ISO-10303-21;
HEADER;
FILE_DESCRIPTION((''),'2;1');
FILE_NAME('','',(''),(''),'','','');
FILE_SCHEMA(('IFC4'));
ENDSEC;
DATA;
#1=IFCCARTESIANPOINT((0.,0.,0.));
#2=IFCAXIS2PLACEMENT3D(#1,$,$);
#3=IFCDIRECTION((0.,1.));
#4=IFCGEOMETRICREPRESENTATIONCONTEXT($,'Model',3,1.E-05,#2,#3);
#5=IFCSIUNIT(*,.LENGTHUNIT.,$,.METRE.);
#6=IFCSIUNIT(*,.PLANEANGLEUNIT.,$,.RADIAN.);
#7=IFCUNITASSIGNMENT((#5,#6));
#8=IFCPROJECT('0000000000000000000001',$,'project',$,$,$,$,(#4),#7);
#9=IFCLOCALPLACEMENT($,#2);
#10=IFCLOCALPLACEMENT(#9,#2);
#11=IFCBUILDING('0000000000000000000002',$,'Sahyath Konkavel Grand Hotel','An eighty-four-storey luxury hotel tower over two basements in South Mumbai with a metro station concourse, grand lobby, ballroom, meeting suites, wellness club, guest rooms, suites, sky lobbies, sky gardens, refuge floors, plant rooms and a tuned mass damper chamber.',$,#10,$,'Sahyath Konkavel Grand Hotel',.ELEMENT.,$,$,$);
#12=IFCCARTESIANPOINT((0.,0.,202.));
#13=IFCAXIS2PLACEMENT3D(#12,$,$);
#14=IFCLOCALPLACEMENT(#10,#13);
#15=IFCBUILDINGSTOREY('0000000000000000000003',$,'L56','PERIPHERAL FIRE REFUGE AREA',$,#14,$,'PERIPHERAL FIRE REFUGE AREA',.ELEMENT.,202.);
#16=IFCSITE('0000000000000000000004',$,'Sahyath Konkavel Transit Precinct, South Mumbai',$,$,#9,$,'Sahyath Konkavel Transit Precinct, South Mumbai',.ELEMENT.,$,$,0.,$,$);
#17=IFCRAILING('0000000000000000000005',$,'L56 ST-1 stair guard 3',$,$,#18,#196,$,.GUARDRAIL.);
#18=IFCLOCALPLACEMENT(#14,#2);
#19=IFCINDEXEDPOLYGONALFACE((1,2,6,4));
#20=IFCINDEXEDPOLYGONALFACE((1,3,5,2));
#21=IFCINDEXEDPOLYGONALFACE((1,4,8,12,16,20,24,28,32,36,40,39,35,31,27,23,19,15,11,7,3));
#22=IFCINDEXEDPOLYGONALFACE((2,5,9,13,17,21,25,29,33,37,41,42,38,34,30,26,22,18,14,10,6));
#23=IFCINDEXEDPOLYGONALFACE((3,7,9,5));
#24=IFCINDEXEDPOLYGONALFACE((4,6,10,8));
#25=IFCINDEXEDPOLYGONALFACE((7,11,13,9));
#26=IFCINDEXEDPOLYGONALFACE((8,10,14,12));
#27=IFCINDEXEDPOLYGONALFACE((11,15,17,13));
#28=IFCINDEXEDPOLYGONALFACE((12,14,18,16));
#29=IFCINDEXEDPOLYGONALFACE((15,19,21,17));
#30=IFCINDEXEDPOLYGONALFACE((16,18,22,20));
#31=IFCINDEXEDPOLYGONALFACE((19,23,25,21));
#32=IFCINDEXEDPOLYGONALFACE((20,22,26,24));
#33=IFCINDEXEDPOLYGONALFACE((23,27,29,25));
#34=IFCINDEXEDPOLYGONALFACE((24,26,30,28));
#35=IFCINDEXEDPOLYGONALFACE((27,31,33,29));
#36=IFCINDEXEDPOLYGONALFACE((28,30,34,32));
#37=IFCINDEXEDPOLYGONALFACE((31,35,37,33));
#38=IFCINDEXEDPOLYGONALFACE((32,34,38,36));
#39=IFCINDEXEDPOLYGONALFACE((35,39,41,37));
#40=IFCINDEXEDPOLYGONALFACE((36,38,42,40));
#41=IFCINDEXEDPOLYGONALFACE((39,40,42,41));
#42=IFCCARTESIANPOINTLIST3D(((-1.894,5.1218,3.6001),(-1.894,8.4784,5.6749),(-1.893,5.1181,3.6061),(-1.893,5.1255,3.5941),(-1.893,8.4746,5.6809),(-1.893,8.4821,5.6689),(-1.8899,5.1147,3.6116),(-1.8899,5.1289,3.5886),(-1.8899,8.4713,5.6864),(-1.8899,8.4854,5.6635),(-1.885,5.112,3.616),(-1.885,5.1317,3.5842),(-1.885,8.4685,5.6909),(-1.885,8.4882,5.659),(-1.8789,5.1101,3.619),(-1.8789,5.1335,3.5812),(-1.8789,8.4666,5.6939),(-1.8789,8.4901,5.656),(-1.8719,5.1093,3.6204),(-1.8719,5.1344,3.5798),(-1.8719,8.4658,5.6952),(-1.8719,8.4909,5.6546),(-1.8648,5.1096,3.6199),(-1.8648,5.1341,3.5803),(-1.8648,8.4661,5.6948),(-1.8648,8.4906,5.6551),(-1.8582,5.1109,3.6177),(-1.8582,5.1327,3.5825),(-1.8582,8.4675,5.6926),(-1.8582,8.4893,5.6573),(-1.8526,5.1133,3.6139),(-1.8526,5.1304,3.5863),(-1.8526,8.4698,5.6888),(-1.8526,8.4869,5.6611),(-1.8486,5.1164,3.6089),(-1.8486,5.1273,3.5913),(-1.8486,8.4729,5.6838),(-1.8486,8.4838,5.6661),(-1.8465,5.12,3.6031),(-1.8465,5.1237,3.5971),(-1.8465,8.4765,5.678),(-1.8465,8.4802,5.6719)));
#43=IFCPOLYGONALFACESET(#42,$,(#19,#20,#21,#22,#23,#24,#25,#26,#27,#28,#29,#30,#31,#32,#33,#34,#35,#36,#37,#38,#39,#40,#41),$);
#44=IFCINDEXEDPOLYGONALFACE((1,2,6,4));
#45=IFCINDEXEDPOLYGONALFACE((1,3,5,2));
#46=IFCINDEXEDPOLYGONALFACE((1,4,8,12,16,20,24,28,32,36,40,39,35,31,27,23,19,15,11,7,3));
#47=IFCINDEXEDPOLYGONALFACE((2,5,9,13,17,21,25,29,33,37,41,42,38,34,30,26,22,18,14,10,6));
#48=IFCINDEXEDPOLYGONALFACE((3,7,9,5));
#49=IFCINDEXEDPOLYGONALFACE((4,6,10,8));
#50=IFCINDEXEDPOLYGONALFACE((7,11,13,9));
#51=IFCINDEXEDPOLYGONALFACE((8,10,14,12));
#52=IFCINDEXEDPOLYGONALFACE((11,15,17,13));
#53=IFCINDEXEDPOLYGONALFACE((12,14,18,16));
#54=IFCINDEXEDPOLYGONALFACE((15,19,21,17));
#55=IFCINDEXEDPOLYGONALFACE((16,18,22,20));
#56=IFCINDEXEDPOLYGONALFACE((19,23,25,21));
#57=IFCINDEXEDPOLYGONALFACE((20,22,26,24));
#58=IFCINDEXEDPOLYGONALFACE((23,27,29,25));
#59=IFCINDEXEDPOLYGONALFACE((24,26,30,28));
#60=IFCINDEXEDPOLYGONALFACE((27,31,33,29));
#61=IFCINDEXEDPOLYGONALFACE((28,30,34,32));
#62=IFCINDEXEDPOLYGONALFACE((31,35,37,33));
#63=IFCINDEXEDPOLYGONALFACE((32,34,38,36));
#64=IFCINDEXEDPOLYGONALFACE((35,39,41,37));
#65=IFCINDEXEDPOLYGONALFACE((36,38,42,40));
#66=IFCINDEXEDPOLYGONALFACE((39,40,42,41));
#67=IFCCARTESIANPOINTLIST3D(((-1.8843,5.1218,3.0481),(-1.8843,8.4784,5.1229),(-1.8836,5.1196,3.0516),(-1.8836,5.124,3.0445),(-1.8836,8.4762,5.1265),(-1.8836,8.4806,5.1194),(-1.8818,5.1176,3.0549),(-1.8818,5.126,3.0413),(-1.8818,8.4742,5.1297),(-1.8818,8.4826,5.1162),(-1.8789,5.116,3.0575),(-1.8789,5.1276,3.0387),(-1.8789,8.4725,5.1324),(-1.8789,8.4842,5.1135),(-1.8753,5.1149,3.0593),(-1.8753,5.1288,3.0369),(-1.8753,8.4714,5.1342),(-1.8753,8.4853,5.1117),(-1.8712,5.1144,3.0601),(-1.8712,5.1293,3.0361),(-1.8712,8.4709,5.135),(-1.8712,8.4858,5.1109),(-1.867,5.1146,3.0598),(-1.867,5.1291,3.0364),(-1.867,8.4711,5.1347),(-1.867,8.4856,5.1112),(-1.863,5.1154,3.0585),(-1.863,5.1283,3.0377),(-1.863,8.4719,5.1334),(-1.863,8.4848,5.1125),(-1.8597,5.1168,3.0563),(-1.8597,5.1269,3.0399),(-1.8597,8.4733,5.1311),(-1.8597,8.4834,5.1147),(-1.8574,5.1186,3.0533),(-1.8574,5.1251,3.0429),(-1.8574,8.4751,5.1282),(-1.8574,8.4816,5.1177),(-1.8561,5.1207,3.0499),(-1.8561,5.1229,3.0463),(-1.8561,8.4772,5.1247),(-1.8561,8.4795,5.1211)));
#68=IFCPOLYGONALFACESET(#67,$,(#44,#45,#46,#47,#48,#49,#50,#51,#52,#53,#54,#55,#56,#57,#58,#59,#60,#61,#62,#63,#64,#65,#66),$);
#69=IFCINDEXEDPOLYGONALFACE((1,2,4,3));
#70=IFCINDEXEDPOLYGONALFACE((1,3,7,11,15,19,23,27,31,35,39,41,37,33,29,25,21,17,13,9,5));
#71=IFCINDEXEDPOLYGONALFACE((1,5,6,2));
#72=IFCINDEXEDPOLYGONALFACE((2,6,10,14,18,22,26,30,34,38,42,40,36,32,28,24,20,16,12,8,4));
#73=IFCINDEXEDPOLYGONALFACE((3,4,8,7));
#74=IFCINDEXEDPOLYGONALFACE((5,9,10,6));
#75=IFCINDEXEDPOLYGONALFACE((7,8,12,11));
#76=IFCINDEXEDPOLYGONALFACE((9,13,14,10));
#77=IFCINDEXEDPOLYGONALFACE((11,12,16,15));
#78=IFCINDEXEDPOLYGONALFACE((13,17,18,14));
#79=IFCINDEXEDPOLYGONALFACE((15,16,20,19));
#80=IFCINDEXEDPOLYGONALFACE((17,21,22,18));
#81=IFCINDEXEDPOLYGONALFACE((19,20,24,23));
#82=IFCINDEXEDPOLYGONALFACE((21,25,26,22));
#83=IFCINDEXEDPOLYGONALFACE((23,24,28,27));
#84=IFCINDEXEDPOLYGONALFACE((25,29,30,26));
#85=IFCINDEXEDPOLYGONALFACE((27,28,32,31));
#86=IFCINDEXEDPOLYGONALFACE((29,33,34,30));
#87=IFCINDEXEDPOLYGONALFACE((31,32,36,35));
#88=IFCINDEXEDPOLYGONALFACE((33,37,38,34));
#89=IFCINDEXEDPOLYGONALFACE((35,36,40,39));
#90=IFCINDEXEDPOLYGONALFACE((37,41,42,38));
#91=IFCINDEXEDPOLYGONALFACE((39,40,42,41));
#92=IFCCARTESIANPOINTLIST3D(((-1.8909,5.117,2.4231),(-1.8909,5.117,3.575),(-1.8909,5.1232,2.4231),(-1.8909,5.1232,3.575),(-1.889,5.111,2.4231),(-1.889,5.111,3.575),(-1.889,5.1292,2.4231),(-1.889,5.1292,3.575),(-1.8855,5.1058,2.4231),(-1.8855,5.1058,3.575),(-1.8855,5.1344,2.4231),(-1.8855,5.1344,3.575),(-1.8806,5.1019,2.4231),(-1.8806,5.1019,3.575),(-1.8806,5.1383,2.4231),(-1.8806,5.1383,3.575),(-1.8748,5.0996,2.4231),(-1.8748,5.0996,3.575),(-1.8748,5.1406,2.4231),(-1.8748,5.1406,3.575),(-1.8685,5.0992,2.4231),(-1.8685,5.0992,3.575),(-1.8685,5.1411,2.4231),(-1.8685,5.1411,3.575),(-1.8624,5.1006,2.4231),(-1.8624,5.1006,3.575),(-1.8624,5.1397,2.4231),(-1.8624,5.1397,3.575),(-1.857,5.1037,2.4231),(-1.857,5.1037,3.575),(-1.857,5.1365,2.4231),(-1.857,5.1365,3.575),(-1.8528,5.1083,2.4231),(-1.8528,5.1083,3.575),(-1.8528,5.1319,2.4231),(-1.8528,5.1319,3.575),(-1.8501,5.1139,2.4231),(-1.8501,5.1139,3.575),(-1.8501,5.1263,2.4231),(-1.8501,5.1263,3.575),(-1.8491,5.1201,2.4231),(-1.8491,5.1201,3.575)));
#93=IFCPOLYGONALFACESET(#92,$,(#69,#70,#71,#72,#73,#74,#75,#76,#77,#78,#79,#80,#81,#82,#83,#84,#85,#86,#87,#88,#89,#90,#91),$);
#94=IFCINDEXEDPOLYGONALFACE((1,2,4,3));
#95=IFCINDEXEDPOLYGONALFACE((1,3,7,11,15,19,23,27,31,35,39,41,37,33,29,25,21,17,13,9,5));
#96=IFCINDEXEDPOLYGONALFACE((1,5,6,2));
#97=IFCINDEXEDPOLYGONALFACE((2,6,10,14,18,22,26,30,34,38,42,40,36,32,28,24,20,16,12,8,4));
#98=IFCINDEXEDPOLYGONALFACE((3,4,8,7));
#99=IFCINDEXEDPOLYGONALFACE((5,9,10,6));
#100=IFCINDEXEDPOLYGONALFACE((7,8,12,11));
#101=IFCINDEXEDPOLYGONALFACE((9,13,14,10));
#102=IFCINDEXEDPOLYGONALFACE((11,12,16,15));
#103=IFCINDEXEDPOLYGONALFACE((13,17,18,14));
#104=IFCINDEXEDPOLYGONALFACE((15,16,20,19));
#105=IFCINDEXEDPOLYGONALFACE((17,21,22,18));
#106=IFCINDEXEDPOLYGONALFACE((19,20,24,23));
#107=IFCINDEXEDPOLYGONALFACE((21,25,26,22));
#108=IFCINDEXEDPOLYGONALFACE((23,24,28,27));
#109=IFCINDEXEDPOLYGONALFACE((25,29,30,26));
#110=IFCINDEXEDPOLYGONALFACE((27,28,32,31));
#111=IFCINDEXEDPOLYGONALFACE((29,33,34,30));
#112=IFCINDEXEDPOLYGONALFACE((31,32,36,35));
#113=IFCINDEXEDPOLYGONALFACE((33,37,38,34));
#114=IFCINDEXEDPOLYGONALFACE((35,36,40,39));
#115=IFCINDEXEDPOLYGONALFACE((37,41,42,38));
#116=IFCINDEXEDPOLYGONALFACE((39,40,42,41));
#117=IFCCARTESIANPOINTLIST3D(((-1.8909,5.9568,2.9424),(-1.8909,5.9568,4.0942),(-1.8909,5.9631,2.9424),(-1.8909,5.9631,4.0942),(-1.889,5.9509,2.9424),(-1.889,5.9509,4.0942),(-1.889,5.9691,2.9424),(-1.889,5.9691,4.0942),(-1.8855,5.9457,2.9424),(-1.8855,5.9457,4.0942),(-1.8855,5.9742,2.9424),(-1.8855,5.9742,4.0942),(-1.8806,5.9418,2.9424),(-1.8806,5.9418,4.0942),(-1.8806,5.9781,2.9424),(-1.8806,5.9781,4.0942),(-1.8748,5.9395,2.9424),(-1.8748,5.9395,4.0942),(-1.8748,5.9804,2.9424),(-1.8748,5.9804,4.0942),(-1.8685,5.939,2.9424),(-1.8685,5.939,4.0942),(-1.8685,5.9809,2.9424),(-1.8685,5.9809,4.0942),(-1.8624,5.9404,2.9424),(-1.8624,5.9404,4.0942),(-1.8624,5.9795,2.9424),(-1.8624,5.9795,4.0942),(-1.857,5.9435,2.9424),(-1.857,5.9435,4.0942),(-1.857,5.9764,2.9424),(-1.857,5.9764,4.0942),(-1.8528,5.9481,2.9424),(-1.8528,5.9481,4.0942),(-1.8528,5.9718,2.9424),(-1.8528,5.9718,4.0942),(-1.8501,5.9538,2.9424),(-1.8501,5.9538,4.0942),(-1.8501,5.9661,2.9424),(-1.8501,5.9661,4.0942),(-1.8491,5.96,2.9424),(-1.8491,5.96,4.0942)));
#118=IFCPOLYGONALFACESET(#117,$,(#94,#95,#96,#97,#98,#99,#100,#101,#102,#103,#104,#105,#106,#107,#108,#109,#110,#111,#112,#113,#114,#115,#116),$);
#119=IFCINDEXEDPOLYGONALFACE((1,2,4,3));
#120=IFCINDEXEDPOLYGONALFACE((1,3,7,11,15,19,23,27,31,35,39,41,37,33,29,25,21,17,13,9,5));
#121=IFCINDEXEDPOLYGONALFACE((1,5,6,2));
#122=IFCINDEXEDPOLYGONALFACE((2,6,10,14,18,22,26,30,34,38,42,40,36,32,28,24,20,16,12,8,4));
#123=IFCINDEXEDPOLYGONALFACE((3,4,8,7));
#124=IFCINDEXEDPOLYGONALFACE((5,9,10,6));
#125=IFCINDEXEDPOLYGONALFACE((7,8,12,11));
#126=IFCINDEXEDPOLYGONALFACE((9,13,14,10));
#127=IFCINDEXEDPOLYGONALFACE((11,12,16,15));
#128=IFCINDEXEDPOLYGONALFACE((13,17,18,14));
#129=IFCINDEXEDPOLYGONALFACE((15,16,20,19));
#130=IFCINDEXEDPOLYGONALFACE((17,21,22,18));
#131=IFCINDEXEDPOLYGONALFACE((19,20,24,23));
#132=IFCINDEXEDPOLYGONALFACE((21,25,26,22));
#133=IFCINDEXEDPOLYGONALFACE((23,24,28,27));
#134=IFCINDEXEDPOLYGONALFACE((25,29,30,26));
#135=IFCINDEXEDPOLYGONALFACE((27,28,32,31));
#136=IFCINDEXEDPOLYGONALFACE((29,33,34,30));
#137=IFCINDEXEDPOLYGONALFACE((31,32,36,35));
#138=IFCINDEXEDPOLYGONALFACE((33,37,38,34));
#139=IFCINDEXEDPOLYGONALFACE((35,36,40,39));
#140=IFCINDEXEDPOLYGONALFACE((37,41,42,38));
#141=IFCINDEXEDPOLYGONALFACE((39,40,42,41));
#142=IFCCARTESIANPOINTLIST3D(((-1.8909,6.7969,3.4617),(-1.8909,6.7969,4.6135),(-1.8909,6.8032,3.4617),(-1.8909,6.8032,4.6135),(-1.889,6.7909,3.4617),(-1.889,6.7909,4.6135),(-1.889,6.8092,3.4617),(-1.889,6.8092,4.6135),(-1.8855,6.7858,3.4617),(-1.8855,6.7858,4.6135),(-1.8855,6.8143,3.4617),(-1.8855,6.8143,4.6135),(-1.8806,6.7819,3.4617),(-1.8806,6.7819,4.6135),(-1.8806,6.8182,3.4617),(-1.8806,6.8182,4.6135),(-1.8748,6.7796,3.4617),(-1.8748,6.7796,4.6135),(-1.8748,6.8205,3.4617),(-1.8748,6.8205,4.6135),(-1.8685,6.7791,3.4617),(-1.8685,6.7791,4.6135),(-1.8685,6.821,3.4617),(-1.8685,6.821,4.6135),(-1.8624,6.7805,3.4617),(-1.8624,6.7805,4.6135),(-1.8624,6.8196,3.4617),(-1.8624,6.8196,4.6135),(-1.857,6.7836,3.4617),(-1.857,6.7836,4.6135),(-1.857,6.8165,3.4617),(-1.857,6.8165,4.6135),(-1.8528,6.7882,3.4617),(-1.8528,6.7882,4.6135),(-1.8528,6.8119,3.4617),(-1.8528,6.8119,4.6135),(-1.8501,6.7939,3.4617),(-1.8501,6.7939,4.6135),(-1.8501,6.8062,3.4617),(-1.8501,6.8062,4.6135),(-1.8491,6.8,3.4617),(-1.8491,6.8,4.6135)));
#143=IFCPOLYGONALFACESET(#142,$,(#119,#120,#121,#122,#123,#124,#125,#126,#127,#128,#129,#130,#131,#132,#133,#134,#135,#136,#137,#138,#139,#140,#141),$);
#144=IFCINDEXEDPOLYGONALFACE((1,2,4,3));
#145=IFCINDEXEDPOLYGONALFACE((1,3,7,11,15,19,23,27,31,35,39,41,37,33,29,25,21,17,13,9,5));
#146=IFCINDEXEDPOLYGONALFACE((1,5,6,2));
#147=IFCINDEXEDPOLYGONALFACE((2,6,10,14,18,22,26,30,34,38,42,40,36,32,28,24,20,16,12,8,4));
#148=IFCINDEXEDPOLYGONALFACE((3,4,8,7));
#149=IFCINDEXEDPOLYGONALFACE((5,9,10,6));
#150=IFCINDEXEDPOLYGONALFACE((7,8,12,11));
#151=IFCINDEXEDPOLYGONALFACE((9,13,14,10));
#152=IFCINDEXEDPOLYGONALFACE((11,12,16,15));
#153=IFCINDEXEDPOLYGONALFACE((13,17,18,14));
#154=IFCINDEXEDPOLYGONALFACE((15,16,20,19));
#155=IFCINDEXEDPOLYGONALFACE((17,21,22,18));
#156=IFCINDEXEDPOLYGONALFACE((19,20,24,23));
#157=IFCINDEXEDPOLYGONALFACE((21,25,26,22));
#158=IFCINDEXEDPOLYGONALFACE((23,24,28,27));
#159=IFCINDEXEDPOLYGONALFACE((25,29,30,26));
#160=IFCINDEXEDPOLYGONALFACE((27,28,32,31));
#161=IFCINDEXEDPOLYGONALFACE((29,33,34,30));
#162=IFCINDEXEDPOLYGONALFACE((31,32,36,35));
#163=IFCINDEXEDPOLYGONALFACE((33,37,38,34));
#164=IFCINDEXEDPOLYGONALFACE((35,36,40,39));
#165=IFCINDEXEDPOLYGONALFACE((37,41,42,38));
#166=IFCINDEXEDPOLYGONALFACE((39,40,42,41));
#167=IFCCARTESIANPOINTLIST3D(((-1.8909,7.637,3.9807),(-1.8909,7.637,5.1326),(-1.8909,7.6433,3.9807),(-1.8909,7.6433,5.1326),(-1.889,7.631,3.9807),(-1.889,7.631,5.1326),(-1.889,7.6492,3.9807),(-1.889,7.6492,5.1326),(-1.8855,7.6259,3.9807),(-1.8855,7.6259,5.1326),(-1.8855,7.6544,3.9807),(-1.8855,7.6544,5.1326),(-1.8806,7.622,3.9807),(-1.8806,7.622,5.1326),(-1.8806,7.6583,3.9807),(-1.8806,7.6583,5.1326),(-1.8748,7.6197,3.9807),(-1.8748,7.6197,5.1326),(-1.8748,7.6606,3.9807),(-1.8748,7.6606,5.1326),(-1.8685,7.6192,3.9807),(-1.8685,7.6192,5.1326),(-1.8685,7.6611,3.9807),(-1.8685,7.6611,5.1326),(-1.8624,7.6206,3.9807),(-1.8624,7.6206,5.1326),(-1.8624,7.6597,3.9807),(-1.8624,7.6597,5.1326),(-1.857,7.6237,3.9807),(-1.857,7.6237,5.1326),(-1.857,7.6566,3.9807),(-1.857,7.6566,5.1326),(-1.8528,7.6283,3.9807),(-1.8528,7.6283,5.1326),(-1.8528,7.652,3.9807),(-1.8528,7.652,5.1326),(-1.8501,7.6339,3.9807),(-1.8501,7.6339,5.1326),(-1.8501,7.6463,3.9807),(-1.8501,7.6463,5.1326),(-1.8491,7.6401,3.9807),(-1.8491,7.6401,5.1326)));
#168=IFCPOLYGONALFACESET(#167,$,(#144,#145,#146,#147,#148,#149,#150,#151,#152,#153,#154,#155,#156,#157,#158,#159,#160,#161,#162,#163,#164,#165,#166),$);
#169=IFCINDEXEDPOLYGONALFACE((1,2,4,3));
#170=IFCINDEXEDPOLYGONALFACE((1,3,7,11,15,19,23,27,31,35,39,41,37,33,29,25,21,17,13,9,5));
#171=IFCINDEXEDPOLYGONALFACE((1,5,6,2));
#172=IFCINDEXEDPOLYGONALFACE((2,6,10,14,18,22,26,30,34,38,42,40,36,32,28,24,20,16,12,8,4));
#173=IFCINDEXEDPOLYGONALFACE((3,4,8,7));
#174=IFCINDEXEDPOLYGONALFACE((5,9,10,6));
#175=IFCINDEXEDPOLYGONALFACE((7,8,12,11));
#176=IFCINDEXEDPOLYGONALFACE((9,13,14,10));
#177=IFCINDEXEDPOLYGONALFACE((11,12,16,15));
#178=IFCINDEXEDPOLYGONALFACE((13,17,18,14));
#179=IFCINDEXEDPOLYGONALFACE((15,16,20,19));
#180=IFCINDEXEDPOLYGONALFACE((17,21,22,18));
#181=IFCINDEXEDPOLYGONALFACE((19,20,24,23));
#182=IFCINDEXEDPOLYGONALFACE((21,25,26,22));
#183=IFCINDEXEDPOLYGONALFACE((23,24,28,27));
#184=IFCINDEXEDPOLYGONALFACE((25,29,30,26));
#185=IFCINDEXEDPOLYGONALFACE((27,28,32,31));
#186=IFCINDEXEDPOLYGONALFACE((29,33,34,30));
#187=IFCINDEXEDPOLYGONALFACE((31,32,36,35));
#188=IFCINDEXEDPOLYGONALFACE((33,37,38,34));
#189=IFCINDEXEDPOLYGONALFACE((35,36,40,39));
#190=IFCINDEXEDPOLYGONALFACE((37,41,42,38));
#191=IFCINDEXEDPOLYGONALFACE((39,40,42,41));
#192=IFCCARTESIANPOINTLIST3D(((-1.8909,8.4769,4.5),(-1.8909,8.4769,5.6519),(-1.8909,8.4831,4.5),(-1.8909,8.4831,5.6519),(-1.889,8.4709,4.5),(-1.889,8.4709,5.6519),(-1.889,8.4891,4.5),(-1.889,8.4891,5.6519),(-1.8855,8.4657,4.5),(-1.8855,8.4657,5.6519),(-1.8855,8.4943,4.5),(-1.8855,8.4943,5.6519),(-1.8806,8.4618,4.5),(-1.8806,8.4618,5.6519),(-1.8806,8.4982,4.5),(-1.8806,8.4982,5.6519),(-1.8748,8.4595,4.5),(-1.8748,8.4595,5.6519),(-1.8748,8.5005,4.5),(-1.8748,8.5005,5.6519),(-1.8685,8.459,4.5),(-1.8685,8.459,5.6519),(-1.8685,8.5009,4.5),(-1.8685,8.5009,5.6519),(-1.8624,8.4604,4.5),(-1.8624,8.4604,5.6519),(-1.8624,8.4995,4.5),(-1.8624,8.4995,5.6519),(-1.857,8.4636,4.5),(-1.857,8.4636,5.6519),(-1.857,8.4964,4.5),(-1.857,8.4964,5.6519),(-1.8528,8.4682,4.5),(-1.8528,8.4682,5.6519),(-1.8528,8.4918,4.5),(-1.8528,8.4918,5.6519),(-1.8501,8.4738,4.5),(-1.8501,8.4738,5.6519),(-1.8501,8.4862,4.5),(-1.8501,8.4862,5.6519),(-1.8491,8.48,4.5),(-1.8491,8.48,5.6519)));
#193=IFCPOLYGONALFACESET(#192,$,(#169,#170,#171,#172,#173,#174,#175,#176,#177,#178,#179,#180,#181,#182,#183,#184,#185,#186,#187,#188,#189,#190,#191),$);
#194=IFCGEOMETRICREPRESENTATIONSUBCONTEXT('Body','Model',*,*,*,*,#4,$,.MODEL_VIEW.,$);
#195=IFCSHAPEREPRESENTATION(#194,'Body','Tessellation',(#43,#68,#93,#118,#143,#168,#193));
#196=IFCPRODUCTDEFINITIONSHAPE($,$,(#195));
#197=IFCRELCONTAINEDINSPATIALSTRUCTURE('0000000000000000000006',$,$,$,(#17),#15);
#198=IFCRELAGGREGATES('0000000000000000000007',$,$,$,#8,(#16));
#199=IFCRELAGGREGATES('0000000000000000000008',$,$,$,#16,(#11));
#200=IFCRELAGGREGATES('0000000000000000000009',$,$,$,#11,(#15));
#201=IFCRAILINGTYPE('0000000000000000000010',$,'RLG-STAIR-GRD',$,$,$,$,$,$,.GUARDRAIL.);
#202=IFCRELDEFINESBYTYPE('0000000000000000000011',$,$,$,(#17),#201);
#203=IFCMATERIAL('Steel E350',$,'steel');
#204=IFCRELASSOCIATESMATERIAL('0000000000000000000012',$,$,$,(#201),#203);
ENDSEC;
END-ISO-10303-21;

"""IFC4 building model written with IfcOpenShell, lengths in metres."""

from ifc_helpers import new_model, si_unit, direction, frame, origin, origin_2d, place, context, subcontext, project, spatial, circle, extrude, material, type_object, element, save


model = new_model("IFC4")

# Units and contexts
model_context = context("Model", 3, precision=1e-05, world=origin(), true_north=direction((0.0, 1.0)))
body_context = subcontext(model_context, "Body", "Model", "MODEL_VIEW")
ifc_project = project(units=[si_unit("LENGTHUNIT", "METRE"), si_unit("PLANEANGLEUNIT", "RADIAN")], contexts=[model_context])

# Site, building, storey
site_placement = place(None, origin())
site = spatial("IfcSite", under=ifc_project, at=site_placement, Name="Sahyath Konkavel Transit Precinct, South Mumbai", LongName="Sahyath Konkavel Transit Precinct, South Mumbai", CompositionType="ELEMENT", RefElevation=0.0)
building_placement = place(site_placement, origin())
building = spatial("IfcBuilding", under=site, at=building_placement, Name="Sahyath Konkavel Grand Hotel", Description="An eighty-four-storey luxury hotel tower over two basements in South Mumbai with a metro station concourse, grand lobby, ballroom, meeting suites, wellness club, guest rooms, suites, sky lobbies, sky gardens, refuge floors, plant rooms and a tuned mass damper chamber.", LongName="Sahyath Konkavel Grand Hotel", CompositionType="ELEMENT")
storey_placement = place(building_placement, frame((0.0, 0.0, 202.0)))
storey = spatial("IfcBuildingStorey", under=building, at=storey_placement, Name="L56", Description="PERIPHERAL FIRE REFUGE AREA", LongName="PERIPHERAL FIRE REFUGE AREA", CompositionType="ELEMENT", Elevation=202.0)

# Shared definitions
ifc_material_1 = material(Name="Steel E350", Category="steel")

# Railing
railing_type_1 = type_object("IfcRailingType", Name="RLG-STAIR-GRD", PredefinedType="GUARDRAIL", material=ifc_material_1)
railing_1_placement = place(storey_placement, frame((-1.8701, 5.1201, 2.4231)))
element("IfcRailing", 1, at=railing_1_placement, inside=storey, type_object=railing_type_1, Name="L56 ST-1 stair guard 3", PredefinedType="GUARDRAIL", context=body_context, shape_type="SweptSolid", body=[
    extrude(circle(Radius=0.0239, at=origin_2d()), frame((0.0, 0.0017, 1.177), z_axis=(0.0, 0.850606, 0.525803), x_axis=(-1.0, 0.0, 0.0)), (0.0, 0.0, 1.0), 3.946),
    extrude(circle(Radius=0.0142, at=origin_2d()), frame((0.0, 0.0017, 0.625), z_axis=(0.0, 0.850606, 0.525803), x_axis=(-1.0, 0.0, 0.0)), (0.0, 0.0, 1.0), 3.946),
    extrude(circle(Radius=0.021, at=origin_2d()), origin(), (0.0, 0.0, 1.0), 1.1519),
    extrude(circle(Radius=0.021, at=origin_2d()), frame((0.0, 0.8398, 0.5193)), (0.0, 0.0, 1.0), 1.1519),
    extrude(circle(Radius=0.021, at=origin_2d()), frame((0.0, 1.6799, 1.0386)), (0.0, 0.0, 1.0), 1.1519),
    extrude(circle(Radius=0.021, at=origin_2d()), frame((0.0, 2.52, 1.5576)), (0.0, 0.0, 1.0), 1.1519),
    extrude(circle(Radius=0.021, at=origin_2d()), frame((0.0, 3.3599, 2.0769)), (0.0, 0.0, 1.0), 1.1519),
])

save(model, "model.ifc")
